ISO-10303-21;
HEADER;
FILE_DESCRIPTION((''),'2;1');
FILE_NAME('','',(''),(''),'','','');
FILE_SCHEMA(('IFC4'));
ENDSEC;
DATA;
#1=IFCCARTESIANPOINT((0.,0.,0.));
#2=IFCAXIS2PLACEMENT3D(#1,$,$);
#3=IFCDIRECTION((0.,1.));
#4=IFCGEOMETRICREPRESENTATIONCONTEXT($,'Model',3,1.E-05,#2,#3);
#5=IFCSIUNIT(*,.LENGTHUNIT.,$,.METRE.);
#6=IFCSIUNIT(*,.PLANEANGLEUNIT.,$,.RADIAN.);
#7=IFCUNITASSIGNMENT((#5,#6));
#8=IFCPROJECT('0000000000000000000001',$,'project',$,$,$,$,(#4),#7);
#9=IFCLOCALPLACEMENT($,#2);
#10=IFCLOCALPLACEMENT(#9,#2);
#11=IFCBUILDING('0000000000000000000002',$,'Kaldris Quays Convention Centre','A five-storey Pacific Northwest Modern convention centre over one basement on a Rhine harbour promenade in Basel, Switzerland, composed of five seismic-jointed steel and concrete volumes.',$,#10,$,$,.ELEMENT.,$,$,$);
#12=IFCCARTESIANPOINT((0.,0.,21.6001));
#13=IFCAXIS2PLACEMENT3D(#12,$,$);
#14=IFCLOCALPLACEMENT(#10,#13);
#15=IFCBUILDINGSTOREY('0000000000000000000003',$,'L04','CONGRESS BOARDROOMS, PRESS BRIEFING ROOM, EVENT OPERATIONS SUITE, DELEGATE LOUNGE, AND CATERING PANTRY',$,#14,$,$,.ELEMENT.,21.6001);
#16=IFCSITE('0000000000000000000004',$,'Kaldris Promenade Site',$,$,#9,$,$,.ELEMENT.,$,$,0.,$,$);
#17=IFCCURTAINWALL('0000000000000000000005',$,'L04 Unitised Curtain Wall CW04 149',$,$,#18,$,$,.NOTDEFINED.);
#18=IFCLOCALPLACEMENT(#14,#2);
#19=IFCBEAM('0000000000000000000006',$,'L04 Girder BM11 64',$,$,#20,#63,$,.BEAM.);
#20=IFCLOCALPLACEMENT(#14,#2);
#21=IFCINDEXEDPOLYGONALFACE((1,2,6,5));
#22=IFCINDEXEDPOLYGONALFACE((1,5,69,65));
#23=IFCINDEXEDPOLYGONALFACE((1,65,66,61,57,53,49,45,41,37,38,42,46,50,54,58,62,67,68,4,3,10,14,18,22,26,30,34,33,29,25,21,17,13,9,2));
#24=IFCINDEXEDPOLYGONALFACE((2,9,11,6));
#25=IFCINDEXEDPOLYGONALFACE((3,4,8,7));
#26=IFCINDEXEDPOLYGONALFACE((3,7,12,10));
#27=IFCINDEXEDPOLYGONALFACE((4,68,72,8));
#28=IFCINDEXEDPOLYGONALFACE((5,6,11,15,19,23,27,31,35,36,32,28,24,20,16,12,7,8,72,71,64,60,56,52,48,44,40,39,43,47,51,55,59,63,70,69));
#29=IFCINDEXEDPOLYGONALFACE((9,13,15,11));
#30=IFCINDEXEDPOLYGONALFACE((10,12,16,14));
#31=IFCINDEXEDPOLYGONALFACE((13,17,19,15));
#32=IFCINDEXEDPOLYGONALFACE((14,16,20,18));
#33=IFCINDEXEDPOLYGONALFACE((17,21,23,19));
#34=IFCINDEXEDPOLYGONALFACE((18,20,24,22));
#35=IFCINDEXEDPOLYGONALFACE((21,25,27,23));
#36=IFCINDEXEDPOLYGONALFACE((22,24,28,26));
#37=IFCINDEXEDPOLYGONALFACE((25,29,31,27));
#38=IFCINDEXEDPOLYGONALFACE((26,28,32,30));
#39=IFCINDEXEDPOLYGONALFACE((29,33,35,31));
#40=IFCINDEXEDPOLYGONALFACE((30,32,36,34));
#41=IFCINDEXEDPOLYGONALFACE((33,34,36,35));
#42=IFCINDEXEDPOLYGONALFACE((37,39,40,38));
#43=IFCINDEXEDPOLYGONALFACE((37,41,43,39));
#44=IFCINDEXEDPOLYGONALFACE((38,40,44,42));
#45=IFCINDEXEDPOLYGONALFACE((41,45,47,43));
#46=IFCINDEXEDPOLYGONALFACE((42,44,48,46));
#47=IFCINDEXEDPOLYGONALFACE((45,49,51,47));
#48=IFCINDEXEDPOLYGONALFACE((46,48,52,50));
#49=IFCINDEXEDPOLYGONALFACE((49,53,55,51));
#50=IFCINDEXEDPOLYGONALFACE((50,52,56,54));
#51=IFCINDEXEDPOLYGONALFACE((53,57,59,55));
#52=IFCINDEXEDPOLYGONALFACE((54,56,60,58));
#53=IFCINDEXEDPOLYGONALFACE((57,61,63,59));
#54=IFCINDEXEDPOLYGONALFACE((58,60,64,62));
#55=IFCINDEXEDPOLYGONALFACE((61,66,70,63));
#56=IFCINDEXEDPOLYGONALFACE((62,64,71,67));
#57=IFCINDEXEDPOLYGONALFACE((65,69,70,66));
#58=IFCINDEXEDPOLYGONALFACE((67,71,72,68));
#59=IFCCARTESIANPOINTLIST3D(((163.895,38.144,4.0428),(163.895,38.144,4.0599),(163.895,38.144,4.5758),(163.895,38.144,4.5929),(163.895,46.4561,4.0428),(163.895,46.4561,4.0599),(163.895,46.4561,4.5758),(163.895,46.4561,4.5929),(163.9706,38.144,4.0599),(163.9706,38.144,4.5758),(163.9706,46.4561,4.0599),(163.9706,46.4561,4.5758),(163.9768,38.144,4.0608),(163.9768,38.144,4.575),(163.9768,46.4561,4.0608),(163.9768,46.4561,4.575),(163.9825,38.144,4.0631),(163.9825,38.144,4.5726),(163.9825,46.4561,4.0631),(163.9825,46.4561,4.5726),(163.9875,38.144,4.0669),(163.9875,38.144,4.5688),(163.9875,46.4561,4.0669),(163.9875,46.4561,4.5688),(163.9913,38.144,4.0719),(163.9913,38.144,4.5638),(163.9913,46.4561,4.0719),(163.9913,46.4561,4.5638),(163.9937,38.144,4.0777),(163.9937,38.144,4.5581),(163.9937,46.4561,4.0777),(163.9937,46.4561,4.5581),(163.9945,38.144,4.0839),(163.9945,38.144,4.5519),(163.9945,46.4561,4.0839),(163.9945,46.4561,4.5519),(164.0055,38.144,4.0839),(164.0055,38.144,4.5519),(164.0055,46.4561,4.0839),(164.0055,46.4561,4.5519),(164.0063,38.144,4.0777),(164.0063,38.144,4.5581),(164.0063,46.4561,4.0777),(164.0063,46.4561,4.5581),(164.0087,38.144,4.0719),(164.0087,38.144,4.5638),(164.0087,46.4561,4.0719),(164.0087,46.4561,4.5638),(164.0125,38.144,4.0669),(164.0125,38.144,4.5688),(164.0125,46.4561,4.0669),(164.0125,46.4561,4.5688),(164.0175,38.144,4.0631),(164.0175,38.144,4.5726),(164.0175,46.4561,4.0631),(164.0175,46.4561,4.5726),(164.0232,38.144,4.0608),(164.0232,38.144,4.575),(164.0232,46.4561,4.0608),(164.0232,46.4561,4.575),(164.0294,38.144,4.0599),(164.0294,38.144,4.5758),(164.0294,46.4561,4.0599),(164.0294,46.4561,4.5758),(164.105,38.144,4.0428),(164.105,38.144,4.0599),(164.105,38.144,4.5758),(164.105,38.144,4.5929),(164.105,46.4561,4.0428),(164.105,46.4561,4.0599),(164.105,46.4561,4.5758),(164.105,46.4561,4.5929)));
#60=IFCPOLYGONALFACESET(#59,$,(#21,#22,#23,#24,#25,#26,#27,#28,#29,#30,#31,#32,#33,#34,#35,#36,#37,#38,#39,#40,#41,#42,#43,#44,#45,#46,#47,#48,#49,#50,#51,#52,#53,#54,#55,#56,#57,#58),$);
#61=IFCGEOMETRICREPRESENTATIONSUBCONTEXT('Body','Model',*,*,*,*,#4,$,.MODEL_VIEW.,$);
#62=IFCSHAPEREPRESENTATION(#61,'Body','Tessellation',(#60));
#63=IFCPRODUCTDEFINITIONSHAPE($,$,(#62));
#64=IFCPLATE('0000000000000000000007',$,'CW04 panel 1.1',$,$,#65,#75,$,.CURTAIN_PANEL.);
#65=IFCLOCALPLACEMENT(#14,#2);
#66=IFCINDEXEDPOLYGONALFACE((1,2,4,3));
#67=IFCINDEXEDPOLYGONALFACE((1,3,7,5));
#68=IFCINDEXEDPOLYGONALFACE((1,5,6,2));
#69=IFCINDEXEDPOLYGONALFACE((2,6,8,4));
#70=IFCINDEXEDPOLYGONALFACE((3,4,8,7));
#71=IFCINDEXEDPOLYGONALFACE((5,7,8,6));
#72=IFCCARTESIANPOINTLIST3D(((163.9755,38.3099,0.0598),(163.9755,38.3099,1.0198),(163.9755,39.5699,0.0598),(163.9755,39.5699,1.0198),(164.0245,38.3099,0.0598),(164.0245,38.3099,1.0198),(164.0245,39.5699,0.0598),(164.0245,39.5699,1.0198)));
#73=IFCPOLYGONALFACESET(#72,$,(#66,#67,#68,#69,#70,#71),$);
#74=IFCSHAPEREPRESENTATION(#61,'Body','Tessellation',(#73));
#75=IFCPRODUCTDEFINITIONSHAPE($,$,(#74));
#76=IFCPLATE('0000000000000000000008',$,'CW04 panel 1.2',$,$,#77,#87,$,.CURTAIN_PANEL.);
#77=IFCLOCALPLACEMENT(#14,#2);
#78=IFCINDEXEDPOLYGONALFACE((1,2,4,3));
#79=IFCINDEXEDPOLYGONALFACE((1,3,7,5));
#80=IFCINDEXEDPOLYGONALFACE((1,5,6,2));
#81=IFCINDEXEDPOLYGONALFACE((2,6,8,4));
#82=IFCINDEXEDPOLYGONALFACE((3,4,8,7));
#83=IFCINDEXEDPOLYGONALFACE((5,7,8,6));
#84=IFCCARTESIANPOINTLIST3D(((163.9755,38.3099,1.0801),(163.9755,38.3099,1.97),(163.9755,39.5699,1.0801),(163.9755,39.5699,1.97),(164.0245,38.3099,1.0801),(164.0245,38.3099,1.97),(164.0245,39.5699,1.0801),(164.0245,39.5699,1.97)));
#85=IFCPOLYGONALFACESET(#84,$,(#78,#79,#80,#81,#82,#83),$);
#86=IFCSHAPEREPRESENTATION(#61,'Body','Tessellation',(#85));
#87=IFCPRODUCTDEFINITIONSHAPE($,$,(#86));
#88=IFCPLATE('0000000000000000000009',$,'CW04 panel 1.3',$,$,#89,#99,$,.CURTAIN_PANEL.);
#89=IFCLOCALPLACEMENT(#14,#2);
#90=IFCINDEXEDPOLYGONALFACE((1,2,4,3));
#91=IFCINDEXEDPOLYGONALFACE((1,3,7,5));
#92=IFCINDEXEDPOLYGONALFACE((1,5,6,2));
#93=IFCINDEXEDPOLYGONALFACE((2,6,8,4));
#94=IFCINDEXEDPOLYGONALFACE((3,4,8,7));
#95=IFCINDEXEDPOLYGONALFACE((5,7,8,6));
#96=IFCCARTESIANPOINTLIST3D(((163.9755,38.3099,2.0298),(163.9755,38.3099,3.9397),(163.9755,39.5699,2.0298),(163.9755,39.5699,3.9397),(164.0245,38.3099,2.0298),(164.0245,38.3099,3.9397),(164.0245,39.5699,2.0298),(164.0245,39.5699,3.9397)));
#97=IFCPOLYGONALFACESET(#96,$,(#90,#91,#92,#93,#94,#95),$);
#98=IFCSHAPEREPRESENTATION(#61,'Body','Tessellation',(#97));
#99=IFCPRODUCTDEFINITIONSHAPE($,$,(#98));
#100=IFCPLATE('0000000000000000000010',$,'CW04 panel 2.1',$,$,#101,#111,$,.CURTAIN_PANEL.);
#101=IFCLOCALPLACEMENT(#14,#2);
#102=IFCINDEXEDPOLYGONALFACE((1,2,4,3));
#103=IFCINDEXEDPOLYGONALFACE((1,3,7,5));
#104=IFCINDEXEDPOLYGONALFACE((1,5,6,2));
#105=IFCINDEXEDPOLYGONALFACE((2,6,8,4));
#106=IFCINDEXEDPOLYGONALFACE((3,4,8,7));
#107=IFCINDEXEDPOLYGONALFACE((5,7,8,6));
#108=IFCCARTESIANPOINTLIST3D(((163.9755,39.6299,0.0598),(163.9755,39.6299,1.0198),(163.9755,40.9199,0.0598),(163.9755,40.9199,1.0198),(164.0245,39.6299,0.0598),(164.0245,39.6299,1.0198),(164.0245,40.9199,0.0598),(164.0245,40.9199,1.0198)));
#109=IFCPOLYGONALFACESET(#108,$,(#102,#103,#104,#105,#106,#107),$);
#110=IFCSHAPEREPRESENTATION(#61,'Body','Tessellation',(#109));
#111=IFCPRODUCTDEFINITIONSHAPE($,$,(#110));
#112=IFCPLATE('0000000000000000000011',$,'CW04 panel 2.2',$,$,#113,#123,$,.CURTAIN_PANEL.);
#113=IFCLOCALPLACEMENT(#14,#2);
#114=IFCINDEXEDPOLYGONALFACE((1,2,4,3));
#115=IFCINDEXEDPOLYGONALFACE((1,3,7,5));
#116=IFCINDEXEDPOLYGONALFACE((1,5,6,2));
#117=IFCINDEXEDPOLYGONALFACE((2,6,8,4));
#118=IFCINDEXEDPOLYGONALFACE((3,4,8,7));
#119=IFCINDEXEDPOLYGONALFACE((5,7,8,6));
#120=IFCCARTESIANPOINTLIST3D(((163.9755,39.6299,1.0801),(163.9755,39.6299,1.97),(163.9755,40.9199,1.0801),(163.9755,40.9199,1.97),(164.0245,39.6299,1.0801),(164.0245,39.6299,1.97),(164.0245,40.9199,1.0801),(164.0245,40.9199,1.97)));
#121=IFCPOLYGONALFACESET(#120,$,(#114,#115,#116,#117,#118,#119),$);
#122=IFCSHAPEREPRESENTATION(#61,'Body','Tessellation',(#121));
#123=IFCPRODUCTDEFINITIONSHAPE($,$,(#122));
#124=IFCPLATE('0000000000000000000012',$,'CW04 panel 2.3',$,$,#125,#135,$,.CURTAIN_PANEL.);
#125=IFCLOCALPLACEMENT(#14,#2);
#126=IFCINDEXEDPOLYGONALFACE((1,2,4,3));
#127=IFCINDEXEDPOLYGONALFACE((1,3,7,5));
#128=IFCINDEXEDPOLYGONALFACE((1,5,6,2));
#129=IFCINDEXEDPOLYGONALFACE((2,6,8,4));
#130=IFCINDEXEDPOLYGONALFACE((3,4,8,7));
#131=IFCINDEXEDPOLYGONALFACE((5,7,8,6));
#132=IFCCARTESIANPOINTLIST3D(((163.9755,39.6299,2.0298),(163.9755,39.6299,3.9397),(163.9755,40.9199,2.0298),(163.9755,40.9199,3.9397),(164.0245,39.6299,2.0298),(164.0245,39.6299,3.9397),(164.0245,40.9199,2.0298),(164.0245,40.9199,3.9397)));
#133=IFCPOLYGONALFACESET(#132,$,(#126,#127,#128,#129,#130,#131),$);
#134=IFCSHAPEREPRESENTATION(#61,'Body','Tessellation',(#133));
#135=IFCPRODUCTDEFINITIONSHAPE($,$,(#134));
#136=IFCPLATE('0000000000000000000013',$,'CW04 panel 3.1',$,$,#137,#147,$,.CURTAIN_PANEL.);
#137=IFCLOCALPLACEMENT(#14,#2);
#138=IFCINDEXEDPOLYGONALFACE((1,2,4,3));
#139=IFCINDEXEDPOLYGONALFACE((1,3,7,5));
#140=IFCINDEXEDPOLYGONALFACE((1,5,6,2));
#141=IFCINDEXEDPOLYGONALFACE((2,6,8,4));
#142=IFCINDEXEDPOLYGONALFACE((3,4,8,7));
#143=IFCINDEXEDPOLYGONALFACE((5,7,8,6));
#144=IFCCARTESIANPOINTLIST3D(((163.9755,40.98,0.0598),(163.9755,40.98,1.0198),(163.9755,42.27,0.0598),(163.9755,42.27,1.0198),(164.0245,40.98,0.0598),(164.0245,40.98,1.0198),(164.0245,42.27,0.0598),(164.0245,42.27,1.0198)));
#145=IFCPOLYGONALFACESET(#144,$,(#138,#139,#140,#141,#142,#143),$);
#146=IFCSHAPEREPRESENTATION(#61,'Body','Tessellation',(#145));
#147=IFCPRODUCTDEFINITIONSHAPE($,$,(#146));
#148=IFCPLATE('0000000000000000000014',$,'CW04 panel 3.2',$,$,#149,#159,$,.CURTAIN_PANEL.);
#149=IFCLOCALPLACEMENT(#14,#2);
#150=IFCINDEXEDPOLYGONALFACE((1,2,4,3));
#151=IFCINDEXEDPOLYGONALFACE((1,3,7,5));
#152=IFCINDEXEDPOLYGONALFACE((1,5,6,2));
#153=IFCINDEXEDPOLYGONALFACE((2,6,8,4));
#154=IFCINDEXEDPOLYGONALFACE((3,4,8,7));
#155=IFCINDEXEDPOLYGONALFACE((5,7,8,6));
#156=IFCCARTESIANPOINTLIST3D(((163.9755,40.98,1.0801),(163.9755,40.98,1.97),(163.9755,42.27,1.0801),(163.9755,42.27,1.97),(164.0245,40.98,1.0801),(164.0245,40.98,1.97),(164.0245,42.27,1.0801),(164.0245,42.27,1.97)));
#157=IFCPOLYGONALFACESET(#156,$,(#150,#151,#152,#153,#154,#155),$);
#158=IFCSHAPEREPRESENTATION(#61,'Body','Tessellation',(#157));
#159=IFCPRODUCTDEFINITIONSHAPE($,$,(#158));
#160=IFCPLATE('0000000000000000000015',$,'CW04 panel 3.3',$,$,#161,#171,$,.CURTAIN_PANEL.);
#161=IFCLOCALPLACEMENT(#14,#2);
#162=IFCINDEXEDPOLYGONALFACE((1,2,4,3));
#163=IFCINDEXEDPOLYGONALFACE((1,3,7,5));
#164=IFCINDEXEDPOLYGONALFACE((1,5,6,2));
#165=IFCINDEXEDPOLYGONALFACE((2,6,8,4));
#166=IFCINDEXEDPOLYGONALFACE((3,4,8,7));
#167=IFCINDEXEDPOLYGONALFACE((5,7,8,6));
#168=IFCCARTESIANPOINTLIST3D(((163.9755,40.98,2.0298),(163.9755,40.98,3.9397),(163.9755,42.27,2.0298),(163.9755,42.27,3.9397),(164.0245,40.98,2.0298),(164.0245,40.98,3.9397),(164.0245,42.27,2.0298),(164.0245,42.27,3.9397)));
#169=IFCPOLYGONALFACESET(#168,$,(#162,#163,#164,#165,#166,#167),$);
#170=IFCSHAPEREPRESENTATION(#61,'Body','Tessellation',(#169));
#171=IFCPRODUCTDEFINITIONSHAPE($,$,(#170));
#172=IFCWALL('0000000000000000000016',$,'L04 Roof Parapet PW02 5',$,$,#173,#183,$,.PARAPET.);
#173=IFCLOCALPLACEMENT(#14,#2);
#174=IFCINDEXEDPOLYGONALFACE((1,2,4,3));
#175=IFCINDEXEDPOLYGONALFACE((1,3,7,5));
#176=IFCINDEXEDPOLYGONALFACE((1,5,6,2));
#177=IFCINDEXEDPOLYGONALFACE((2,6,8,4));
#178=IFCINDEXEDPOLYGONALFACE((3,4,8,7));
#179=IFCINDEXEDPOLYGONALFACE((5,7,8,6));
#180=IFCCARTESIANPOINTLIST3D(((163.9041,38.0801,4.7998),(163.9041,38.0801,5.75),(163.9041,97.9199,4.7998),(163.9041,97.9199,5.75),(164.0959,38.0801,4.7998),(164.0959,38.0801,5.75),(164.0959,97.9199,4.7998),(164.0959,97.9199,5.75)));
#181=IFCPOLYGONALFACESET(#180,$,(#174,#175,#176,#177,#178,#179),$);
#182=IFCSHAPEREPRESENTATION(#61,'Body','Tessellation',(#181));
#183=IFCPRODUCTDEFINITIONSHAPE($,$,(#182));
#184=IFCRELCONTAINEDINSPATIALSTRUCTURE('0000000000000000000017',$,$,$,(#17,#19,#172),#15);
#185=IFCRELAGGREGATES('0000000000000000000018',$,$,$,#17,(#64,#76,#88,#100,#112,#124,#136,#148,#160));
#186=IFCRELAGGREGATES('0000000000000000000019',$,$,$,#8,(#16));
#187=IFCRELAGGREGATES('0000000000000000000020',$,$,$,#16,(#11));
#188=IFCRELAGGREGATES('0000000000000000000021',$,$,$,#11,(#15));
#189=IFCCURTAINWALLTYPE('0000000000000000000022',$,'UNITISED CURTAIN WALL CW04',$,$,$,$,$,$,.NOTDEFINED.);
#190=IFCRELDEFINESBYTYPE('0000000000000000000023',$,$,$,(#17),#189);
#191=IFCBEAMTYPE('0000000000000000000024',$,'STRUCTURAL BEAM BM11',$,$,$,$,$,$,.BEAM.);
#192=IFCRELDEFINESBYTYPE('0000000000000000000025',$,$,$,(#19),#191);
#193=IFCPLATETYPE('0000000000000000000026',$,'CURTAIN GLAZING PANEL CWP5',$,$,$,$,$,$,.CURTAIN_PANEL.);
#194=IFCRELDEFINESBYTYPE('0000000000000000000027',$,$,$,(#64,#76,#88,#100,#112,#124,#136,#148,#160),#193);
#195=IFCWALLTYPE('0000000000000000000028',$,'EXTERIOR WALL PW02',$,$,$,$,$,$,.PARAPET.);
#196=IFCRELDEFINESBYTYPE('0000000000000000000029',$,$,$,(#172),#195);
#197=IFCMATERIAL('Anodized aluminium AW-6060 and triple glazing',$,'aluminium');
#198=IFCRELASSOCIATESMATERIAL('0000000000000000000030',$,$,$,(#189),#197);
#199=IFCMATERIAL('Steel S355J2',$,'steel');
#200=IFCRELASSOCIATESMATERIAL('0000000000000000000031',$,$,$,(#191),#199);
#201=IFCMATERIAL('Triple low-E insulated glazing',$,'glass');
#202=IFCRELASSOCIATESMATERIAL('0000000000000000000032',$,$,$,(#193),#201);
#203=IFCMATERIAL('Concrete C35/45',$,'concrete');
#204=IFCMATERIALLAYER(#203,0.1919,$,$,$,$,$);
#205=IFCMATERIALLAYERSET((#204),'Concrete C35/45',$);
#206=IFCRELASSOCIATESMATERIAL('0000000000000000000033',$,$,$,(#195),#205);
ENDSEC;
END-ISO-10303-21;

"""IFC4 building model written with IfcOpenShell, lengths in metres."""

from ifc_helpers import new_model, si_unit, direction, frame, frame_2d, origin, origin_2d, place, context, subcontext, project, spatial, rectangle, i_section, extrude, material, layer, layer_set, material_profile, profile_set, type_object, element, aggregate, save


model = new_model("IFC4")

# Units and contexts
model_context = context("Model", 3, precision=1e-05, world=origin(), true_north=direction((0.0, 1.0)))
body_context = subcontext(model_context, "Body", "Model", "MODEL_VIEW")
ifc_project = project(units=[si_unit("LENGTHUNIT", "METRE"), si_unit("PLANEANGLEUNIT", "RADIAN")], contexts=[model_context])

# Site, building, storey
site_placement = place(None, origin())
site = spatial("IfcSite", under=ifc_project, at=site_placement, Name="Kaldris Promenade Site", CompositionType="ELEMENT", RefElevation=0.0)
building_placement = place(site_placement, origin())
building = spatial("IfcBuilding", under=site, at=building_placement, Name="Kaldris Quays Convention Centre", Description="A five-storey Pacific Northwest Modern convention centre over one basement on a Rhine harbour promenade in Basel, Switzerland, composed of five seismic-jointed steel and concrete volumes.", CompositionType="ELEMENT")
storey_placement = place(building_placement, frame((0.0, 0.0, 21.6001)))
storey = spatial("IfcBuildingStorey", under=building, at=storey_placement, Name="L04", Description="CONGRESS BOARDROOMS, PRESS BRIEFING ROOM, EVENT OPERATIONS SUITE, DELEGATE LOUNGE, AND CATERING PANTRY", CompositionType="ELEMENT", Elevation=21.6001)

# Shared definitions
ifc_material_1 = material(Name="Steel S355J2", Category="steel")

# Curtain wall
ifc_material_2 = material(Name="Anodized aluminium AW-6060 and triple glazing", Category="aluminium")
curtain_wall_type_1 = type_object("IfcCurtainWallType", Name="UNITISED CURTAIN WALL CW04", PredefinedType="NOTDEFINED", material=ifc_material_2)
curtain_wall_1_placement = place(storey_placement, origin())
curtain_wall_1 = element("IfcCurtainWall", 1, at=curtain_wall_1_placement, inside=storey, type_object=curtain_wall_type_1, Name="L04 Unitised Curtain Wall CW04 149", PredefinedType="NOTDEFINED")

# Beam
ifc_material_profile_1 = material_profile(ifc_material_1, i_section(OverallWidth=0.21, OverallDepth=0.55, WebThickness=0.011, FlangeThickness=0.0171, FilletRadius=0.0239, at=origin_2d()), Name="IPE 550")
ifc_profile_set_1 = profile_set([ifc_material_profile_1], Name="Steel S355J2")
beam_type = type_object("IfcBeamType", Name="STRUCTURAL BEAM BM11", PredefinedType="BEAM", material=ifc_profile_set_1)
beam_placement = place(storey_placement, frame((164.0, 38.144, 4.3179), z_axis=(0.0, 1.0, 0.0), x_axis=(-1.0, 0.0, 0.0)))
element("IfcBeam", 2, at=beam_placement, inside=storey, type_object=beam_type, Name="L04 Girder BM11 64", PredefinedType="BEAM", context=body_context, shape_type="SweptSolid", body=[
    extrude(i_section(OverallWidth=0.21, OverallDepth=0.55, WebThickness=0.011, FlangeThickness=0.0171, FilletRadius=0.0239, at=origin_2d()), origin(), (0.0, 0.0, 1.0), 8.312),
])

# Plates
ifc_material_3 = material(Name="Triple low-E insulated glazing", Category="glass")
plate_type = type_object("IfcPlateType", Name="CURTAIN GLAZING PANEL CWP5", PredefinedType="CURTAIN_PANEL", material=ifc_material_3)
plate_1_placement = place(storey_placement, frame((164.0, 38.9399, 0.0598), z_axis=(0.0, 0.0, 1.0), x_axis=(0.0, 1.0, 0.0)))
plate_1 = element("IfcPlate", 3, at=plate_1_placement, type_object=plate_type, Name="CW04 panel 1.1", PredefinedType="CURTAIN_PANEL", context=body_context, shape_type="SweptSolid", body=[
    extrude(rectangle(XDim=1.26, YDim=0.0491, at=origin_2d()), origin(), (0.0, 0.0, 1.0), 0.96),
])
plate_2_placement = place(storey_placement, frame((164.0, 38.9399, 1.0801), z_axis=(0.0, 0.0, 1.0), x_axis=(0.0, 1.0, 0.0)))
plate_2 = element("IfcPlate", 4, at=plate_2_placement, type_object=plate_type, Name="CW04 panel 1.2", PredefinedType="CURTAIN_PANEL", context=body_context, shape_type="SweptSolid", body=[
    extrude(rectangle(XDim=1.26, YDim=0.0491, at=origin_2d()), origin(), (0.0, 0.0, 1.0), 0.8899),
])
plate_3_placement = place(storey_placement, frame((164.0, 38.9399, 2.0298), z_axis=(0.0, 0.0, 1.0), x_axis=(0.0, 1.0, 0.0)))
plate_3 = element("IfcPlate", 5, at=plate_3_placement, type_object=plate_type, Name="CW04 panel 1.3", PredefinedType="CURTAIN_PANEL", context=body_context, shape_type="SweptSolid", body=[
    extrude(rectangle(XDim=1.26, YDim=0.0491, at=origin_2d()), origin(), (0.0, 0.0, 1.0), 1.9099),
])
plate_4_placement = place(storey_placement, frame((164.0, 40.2749, 0.0598), z_axis=(0.0, 0.0, 1.0), x_axis=(0.0, 1.0, 0.0)))
plate_4 = element("IfcPlate", 6, at=plate_4_placement, type_object=plate_type, Name="CW04 panel 2.1", PredefinedType="CURTAIN_PANEL", context=body_context, shape_type="SweptSolid", body=[
    extrude(rectangle(XDim=1.29, YDim=0.0491, at=origin_2d()), origin(), (0.0, 0.0, 1.0), 0.96),
])
plate_5_placement = place(storey_placement, frame((164.0, 40.2749, 1.0801), z_axis=(0.0, 0.0, 1.0), x_axis=(0.0, 1.0, 0.0)))
plate_5 = element("IfcPlate", 7, at=plate_5_placement, type_object=plate_type, Name="CW04 panel 2.2", PredefinedType="CURTAIN_PANEL", context=body_context, shape_type="SweptSolid", body=[
    extrude(rectangle(XDim=1.29, YDim=0.0491, at=origin_2d()), origin(), (0.0, 0.0, 1.0), 0.8899),
])
plate_6_placement = place(storey_placement, frame((164.0, 40.2749, 2.0298), z_axis=(0.0, 0.0, 1.0), x_axis=(0.0, 1.0, 0.0)))
plate_6 = element("IfcPlate", 8, at=plate_6_placement, type_object=plate_type, Name="CW04 panel 2.3", PredefinedType="CURTAIN_PANEL", context=body_context, shape_type="SweptSolid", body=[
    extrude(rectangle(XDim=1.29, YDim=0.0491, at=origin_2d()), origin(), (0.0, 0.0, 1.0), 1.9099),
])
plate_7_placement = place(storey_placement, frame((164.0, 41.625, 0.0598), z_axis=(0.0, 0.0, 1.0), x_axis=(0.0, 1.0, 0.0)))
plate_7 = element("IfcPlate", 9, at=plate_7_placement, type_object=plate_type, Name="CW04 panel 3.1", PredefinedType="CURTAIN_PANEL", context=body_context, shape_type="SweptSolid", body=[
    extrude(rectangle(XDim=1.29, YDim=0.0491, at=origin_2d()), origin(), (0.0, 0.0, 1.0), 0.96),
])
plate_8_placement = place(storey_placement, frame((164.0, 41.625, 1.0801), z_axis=(0.0, 0.0, 1.0), x_axis=(0.0, 1.0, 0.0)))
plate_8 = element("IfcPlate", 10, at=plate_8_placement, type_object=plate_type, Name="CW04 panel 3.2", PredefinedType="CURTAIN_PANEL", context=body_context, shape_type="SweptSolid", body=[
    extrude(rectangle(XDim=1.29, YDim=0.0491, at=origin_2d()), origin(), (0.0, 0.0, 1.0), 0.8899),
])
plate_9_placement = place(storey_placement, frame((164.0, 41.625, 2.0298), z_axis=(0.0, 0.0, 1.0), x_axis=(0.0, 1.0, 0.0)))
plate_9 = element("IfcPlate", 11, at=plate_9_placement, type_object=plate_type, Name="CW04 panel 3.3", PredefinedType="CURTAIN_PANEL", context=body_context, shape_type="SweptSolid", body=[
    extrude(rectangle(XDim=1.29, YDim=0.0491, at=origin_2d()), origin(), (0.0, 0.0, 1.0), 1.9099),
])
aggregate(curtain_wall_1, [plate_1, plate_2, plate_3, plate_4, plate_5, plate_6, plate_7, plate_8, plate_9])

# Wall
ifc_material_4 = material(Name="Concrete C35/45", Category="concrete")
ifc_layer = layer(ifc_material_4, 0.1919)
ifc_layer_set = layer_set([ifc_layer], Name="Concrete C35/45")
wall_type = type_object("IfcWallType", Name="EXTERIOR WALL PW02", PredefinedType="PARAPET", material=ifc_layer_set)
wall_placement = place(storey_placement, frame((164.0, 38.0801, 4.7998), z_axis=(0.0, 0.0, 1.0), x_axis=(0.0, 1.0, 0.0)))
element("IfcWall", 12, at=wall_placement, inside=storey, type_object=wall_type, Name="L04 Roof Parapet PW02 5", PredefinedType="PARAPET", context=body_context, shape_type="SweptSolid", body=[
    extrude(rectangle(XDim=59.8398, YDim=0.1919, at=frame_2d((29.9199, 0.0))), origin(), (0.0, 0.0, 1.0), 0.9502),
])

save(model, "model.ifc")
